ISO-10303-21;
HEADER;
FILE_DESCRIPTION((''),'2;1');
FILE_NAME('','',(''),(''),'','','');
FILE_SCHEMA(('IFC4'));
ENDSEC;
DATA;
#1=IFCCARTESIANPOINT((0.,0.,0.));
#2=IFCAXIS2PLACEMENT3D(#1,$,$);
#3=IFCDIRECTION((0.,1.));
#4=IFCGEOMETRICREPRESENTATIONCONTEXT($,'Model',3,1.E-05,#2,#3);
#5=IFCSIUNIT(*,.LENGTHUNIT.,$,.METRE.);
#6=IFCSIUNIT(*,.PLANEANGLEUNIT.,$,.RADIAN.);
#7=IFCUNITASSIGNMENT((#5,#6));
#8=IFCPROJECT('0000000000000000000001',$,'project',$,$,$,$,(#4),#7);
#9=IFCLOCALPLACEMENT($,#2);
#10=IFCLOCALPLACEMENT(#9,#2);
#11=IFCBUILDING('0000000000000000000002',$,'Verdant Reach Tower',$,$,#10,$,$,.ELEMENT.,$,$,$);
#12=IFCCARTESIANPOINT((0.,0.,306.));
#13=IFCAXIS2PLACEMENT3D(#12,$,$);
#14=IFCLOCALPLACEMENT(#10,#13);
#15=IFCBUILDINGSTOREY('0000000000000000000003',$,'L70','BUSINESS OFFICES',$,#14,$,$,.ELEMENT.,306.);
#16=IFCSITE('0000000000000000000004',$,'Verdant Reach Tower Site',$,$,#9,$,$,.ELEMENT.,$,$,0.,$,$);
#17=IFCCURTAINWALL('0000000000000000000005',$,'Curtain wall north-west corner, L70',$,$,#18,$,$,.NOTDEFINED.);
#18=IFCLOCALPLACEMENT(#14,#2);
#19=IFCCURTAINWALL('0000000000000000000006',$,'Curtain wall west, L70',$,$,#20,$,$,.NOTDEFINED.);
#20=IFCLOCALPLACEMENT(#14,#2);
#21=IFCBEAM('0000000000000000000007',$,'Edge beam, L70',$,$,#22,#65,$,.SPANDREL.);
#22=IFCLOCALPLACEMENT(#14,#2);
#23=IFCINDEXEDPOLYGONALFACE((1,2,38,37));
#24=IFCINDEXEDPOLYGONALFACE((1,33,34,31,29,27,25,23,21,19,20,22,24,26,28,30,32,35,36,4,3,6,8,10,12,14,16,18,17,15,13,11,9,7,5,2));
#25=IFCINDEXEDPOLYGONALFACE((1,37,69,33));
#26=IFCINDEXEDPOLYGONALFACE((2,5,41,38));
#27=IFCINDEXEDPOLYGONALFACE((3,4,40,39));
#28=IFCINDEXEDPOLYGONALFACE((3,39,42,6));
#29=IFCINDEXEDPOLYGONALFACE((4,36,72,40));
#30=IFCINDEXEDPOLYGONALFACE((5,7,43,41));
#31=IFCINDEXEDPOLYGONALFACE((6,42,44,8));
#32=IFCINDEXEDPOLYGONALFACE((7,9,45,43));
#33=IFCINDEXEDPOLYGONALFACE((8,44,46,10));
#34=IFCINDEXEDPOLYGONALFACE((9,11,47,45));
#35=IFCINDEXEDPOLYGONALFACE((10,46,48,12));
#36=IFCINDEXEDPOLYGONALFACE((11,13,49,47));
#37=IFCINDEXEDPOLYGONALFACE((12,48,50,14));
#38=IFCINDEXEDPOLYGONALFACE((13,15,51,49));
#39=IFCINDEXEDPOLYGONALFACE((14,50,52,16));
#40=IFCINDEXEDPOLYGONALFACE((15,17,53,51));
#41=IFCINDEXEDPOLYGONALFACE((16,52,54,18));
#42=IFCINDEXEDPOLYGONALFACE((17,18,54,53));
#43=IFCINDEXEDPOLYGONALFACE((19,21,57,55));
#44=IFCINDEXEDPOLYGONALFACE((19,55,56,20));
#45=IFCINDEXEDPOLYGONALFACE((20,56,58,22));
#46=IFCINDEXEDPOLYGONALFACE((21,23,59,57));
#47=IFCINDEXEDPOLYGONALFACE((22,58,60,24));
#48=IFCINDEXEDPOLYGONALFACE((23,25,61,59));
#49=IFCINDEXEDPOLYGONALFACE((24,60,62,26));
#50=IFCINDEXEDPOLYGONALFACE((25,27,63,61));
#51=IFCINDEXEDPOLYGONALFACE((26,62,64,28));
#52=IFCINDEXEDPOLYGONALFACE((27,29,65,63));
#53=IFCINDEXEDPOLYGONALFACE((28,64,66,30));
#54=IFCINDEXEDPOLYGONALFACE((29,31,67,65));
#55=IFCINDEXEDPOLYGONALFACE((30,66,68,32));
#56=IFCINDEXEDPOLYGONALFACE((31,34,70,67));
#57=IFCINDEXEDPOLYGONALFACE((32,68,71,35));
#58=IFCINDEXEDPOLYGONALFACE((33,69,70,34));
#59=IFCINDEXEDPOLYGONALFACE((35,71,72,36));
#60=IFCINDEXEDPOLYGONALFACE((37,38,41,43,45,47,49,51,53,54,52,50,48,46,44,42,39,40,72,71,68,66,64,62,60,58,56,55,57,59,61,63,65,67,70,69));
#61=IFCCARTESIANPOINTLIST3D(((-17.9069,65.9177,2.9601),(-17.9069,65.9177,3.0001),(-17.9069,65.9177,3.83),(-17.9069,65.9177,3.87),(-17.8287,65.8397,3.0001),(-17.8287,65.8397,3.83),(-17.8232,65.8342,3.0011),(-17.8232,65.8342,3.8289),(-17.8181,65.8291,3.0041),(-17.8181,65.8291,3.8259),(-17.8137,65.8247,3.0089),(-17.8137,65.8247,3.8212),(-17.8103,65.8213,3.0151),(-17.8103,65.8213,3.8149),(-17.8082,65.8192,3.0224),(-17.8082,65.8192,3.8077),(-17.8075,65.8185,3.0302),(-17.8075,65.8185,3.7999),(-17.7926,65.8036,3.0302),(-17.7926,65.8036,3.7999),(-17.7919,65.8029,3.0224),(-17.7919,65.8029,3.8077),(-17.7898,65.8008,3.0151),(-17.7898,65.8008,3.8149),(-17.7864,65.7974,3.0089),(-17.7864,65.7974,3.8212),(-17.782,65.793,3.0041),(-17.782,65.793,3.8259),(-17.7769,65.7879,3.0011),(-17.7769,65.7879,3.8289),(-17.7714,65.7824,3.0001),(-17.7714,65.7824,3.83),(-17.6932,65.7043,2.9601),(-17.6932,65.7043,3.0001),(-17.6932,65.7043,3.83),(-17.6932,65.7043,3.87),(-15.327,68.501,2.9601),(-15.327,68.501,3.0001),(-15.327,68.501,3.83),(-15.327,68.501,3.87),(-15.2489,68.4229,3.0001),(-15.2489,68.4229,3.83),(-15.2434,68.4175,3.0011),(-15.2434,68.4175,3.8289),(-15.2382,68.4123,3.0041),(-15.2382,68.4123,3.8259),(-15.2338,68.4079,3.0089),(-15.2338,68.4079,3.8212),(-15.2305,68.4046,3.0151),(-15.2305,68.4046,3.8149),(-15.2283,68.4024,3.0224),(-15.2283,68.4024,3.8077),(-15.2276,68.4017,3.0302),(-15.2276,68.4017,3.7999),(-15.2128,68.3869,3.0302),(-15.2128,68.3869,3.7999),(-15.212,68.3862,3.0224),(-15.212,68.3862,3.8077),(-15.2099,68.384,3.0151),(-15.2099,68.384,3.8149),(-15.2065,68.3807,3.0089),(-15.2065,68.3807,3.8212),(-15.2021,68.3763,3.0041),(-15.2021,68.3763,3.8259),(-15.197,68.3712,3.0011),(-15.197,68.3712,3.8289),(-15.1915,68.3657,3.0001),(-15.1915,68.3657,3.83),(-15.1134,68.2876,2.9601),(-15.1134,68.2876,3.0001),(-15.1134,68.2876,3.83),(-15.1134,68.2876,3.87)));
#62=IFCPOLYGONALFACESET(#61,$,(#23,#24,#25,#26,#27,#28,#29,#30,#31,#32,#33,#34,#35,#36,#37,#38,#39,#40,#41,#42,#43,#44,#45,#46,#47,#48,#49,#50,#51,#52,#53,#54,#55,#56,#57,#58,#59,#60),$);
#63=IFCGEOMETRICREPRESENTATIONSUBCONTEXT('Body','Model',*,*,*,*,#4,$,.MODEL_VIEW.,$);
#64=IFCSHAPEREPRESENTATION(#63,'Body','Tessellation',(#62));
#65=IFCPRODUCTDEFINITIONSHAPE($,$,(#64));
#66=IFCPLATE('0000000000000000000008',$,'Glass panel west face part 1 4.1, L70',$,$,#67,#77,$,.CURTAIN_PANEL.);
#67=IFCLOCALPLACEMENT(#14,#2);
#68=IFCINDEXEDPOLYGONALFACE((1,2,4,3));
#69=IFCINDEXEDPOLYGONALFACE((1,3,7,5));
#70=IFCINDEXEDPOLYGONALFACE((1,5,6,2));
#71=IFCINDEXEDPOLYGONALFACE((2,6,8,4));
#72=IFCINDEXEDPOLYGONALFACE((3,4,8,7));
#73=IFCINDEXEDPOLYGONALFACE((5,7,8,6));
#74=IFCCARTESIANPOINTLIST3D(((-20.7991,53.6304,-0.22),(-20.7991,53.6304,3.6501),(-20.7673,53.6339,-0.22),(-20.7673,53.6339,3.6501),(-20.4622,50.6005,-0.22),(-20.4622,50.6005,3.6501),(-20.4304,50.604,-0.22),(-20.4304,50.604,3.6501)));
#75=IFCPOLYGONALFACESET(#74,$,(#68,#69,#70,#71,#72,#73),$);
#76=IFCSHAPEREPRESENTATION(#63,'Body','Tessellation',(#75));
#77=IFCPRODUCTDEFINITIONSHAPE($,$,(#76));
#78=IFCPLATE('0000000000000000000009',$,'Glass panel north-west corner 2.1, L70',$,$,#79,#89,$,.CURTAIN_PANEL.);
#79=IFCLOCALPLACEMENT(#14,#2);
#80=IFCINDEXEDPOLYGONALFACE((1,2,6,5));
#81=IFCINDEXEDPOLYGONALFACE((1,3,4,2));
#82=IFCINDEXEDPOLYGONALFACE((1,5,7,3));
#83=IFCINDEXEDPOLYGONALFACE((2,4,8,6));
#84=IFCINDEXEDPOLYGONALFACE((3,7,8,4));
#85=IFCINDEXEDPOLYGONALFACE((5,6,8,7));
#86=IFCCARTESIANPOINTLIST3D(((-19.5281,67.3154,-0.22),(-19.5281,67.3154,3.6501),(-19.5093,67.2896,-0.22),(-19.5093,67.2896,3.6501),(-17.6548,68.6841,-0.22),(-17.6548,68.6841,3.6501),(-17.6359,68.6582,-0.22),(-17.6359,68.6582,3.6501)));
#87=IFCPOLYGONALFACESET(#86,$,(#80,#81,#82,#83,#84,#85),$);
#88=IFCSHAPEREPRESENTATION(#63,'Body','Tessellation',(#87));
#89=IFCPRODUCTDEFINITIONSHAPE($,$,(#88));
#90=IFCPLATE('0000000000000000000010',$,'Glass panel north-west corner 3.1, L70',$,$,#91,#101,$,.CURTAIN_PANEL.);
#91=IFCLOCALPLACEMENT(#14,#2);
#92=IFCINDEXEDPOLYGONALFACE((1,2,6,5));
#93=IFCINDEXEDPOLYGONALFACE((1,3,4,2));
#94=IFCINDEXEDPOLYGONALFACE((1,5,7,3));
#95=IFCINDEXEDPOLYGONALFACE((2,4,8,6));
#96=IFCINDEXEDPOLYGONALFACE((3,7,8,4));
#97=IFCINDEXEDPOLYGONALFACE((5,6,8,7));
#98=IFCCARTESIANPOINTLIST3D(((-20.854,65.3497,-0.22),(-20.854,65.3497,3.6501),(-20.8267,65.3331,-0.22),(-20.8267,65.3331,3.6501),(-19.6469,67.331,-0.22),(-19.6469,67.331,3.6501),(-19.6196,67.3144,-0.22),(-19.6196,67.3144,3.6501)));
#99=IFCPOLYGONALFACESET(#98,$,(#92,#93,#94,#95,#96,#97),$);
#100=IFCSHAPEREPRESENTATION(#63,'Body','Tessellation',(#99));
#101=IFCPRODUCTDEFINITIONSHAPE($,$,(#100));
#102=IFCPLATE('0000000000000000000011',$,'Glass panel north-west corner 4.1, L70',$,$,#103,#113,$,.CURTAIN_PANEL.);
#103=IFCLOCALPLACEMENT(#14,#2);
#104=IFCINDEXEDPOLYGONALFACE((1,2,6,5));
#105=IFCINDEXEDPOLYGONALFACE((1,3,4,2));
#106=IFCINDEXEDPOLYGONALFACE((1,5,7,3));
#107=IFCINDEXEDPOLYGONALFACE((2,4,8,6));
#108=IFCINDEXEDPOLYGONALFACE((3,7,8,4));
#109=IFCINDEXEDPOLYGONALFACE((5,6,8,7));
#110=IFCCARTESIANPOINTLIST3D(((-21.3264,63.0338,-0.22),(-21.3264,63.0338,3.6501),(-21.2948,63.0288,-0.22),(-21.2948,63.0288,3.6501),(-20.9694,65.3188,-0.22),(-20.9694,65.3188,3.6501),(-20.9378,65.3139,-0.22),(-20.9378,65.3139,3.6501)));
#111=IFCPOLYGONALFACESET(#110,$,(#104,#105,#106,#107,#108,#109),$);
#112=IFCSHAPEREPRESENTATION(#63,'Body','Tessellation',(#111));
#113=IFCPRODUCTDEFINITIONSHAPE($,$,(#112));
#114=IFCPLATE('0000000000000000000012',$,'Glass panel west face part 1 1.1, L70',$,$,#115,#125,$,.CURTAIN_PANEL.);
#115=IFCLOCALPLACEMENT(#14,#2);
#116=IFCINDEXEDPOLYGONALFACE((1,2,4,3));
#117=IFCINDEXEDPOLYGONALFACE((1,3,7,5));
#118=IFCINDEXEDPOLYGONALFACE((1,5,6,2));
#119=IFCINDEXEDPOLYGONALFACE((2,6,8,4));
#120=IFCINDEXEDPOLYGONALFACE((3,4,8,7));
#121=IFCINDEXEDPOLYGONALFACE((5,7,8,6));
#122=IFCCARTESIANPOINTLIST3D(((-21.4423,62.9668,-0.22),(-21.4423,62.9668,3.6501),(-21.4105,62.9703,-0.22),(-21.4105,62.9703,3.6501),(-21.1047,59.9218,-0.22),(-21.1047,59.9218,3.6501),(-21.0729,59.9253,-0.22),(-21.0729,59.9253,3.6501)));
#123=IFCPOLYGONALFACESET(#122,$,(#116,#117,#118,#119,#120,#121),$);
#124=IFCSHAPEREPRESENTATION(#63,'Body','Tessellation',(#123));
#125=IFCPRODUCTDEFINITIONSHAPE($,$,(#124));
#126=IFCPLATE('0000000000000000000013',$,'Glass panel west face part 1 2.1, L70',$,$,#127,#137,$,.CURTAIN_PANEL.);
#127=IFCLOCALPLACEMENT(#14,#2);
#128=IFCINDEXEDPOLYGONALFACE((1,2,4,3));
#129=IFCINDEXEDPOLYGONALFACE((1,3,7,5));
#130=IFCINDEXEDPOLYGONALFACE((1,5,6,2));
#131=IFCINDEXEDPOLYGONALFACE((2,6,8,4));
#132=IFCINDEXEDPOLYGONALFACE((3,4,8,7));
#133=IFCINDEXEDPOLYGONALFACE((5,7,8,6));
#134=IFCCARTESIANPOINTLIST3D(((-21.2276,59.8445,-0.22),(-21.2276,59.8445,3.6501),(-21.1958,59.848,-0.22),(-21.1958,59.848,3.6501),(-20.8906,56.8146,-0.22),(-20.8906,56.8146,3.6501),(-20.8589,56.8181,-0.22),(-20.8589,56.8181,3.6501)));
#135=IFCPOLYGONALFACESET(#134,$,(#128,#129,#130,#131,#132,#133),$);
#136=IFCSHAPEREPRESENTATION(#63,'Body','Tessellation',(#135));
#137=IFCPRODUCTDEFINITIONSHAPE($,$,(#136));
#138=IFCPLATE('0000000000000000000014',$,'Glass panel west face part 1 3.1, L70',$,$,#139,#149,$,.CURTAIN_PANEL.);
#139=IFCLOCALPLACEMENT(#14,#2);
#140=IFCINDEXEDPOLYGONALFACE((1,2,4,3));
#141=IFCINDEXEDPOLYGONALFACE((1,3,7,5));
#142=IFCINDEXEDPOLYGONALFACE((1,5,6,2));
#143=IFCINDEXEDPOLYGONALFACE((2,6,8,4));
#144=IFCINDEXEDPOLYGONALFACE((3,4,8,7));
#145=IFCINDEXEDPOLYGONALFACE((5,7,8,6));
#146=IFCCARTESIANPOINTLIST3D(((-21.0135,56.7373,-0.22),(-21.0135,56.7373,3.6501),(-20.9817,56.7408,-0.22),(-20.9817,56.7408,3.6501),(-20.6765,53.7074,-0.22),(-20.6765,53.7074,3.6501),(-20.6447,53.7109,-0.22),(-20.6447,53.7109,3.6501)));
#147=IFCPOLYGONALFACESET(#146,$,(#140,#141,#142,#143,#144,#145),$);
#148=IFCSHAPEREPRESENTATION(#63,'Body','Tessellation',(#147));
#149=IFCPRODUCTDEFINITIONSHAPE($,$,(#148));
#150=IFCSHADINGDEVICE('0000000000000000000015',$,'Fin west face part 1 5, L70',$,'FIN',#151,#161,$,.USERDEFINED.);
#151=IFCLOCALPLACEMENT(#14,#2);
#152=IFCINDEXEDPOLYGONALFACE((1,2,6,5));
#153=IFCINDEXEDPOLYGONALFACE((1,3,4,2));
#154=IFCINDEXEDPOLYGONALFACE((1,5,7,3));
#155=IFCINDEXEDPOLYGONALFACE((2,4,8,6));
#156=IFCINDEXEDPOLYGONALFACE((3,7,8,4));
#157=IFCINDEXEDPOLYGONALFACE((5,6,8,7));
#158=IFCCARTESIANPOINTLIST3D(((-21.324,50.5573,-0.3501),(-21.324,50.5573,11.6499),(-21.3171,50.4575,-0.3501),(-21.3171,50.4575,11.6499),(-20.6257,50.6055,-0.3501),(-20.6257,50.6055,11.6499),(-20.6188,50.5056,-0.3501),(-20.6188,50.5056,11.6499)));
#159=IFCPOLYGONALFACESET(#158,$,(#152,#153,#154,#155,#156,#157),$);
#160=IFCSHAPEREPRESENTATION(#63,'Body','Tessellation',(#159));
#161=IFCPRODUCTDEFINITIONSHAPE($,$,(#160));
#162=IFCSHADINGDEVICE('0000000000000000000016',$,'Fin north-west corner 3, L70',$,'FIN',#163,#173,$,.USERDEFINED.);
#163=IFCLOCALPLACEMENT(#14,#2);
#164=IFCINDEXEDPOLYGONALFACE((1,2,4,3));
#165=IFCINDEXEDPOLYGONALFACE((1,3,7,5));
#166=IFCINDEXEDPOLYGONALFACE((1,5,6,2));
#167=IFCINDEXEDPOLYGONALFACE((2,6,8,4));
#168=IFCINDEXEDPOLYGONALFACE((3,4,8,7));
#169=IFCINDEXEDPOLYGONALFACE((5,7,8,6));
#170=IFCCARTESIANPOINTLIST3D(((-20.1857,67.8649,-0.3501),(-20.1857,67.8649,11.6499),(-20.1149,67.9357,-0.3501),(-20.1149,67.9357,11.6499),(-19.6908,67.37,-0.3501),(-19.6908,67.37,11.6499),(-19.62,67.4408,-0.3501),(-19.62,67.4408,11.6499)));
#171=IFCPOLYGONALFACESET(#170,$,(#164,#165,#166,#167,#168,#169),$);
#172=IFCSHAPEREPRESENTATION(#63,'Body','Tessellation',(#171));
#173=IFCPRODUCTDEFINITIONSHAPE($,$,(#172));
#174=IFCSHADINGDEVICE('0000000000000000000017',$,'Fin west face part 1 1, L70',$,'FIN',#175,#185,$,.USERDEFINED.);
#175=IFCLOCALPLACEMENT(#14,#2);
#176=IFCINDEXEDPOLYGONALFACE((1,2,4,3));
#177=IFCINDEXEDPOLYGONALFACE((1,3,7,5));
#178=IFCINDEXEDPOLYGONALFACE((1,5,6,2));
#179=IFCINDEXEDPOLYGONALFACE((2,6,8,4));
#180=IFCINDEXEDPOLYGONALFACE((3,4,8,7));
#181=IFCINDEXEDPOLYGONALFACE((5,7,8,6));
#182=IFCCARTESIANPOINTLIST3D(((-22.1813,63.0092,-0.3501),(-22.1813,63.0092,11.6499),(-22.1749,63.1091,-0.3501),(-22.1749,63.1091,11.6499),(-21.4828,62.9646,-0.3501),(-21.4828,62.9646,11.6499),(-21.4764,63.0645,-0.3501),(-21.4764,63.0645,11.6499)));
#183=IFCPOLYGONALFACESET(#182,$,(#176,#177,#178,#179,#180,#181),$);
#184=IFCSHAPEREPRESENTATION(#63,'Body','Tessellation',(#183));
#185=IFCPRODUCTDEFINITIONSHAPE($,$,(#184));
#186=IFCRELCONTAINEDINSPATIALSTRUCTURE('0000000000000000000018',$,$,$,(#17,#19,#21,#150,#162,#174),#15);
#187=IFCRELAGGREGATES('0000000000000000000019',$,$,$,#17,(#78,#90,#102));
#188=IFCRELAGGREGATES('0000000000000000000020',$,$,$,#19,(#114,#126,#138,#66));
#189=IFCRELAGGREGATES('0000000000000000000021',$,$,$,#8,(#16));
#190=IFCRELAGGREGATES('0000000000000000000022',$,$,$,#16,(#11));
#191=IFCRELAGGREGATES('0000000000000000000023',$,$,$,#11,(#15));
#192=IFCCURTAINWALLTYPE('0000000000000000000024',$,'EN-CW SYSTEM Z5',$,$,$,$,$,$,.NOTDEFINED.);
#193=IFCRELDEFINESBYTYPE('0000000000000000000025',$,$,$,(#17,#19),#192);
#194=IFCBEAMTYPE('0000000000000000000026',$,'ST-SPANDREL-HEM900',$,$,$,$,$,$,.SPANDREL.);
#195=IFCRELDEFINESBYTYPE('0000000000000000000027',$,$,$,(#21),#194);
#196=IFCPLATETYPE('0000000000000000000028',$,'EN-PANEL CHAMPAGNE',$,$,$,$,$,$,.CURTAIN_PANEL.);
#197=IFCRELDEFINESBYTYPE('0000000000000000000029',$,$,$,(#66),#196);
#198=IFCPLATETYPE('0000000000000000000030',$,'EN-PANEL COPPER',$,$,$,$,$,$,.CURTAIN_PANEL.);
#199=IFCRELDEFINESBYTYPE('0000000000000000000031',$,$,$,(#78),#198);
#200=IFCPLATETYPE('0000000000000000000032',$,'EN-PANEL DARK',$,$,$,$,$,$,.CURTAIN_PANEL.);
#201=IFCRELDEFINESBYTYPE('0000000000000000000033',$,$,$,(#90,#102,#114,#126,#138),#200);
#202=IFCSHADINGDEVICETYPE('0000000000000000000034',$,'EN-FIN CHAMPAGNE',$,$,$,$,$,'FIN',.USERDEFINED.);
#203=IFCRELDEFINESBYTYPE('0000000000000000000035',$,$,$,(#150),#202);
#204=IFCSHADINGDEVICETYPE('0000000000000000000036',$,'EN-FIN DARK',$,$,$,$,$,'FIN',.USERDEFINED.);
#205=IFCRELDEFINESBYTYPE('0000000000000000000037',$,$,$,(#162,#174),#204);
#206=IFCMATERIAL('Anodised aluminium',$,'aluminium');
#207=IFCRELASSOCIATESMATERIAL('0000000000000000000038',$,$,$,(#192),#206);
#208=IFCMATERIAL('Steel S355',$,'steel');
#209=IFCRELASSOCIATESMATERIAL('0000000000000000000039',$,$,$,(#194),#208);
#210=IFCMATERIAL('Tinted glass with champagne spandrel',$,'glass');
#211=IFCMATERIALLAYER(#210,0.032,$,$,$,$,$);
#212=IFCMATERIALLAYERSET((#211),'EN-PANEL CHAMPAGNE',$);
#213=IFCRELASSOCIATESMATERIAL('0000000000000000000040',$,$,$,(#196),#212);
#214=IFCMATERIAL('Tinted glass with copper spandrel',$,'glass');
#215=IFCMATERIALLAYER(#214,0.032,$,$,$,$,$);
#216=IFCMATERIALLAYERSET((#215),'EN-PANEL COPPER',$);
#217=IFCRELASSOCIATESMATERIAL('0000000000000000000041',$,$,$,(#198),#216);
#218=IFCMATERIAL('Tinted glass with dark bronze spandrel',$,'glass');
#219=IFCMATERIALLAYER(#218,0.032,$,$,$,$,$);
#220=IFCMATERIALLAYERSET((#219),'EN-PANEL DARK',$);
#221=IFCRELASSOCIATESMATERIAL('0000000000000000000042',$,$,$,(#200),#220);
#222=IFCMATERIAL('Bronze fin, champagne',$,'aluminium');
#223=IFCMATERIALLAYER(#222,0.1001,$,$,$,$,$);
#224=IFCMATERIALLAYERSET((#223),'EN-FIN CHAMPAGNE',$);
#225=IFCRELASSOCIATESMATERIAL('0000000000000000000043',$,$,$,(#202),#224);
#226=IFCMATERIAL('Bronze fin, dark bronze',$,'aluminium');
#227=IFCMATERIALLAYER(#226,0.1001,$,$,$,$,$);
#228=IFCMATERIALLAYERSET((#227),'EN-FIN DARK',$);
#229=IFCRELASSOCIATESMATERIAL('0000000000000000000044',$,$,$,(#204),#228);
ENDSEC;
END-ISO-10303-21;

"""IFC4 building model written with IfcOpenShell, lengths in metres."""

from ifc_helpers import new_model, si_unit, direction, frame, origin, origin_2d, place, context, subcontext, project, spatial, rectangle, i_section, extrude, material, layer, layer_set, material_profile, profile_set, type_object, element, aggregate, save


model = new_model("IFC4")

# Units and contexts
model_context = context("Model", 3, precision=1e-05, world=origin(), true_north=direction((0.0, 1.0)))
body_context = subcontext(model_context, "Body", "Model", "MODEL_VIEW")
ifc_project = project(units=[si_unit("LENGTHUNIT", "METRE"), si_unit("PLANEANGLEUNIT", "RADIAN")], contexts=[model_context])

# Site, building, storey
site_placement = place(None, origin())
site = spatial("IfcSite", under=ifc_project, at=site_placement, Name="Verdant Reach Tower Site", CompositionType="ELEMENT", RefElevation=0.0)
building_placement = place(site_placement, origin())
building = spatial("IfcBuilding", under=site, at=building_placement, Name="Verdant Reach Tower", CompositionType="ELEMENT")
storey_placement = place(building_placement, frame((0.0, 0.0, 306.0)))
storey = spatial("IfcBuildingStorey", under=building, at=storey_placement, Name="L70", Description="BUSINESS OFFICES", CompositionType="ELEMENT", Elevation=306.0)

# Curtain walls
ifc_material_1 = material(Name="Anodised aluminium", Category="aluminium")
curtain_wall_type = type_object("IfcCurtainWallType", Name="EN-CW SYSTEM Z5", PredefinedType="NOTDEFINED", material=ifc_material_1)
curtain_wall_1_placement = place(storey_placement, origin())
curtain_wall_1 = element("IfcCurtainWall", 1, at=curtain_wall_1_placement, inside=storey, type_object=curtain_wall_type, Name="Curtain wall north-west corner, L70", PredefinedType="NOTDEFINED")
curtain_wall_2_placement = place(storey_placement, origin())
curtain_wall_2 = element("IfcCurtainWall", 2, at=curtain_wall_2_placement, inside=storey, type_object=curtain_wall_type, Name="Curtain wall west, L70", PredefinedType="NOTDEFINED")

# Beam
ifc_material_2 = material(Name="Steel S355", Category="steel")
ifc_material_profile_1 = material_profile(ifc_material_2, i_section(OverallWidth=0.302, OverallDepth=0.9099, WebThickness=0.021, FlangeThickness=0.04, FilletRadius=0.03, at=origin_2d()), Name="HEM 900")
ifc_profile_set_1 = profile_set([ifc_material_profile_1], Name="Steel S355")
beam_type = type_object("IfcBeamType", Name="ST-SPANDREL-HEM900", PredefinedType="SPANDREL", material=ifc_profile_set_1)
beam_1_placement = place(storey_placement, frame((-17.8, 65.811, 3.415), z_axis=(0.706639, 0.707575, 0.0), x_axis=(-0.707575, 0.706639, 0.0)))
element("IfcBeam", 3, at=beam_1_placement, inside=storey, type_object=beam_type, Name="Edge beam, L70", PredefinedType="SPANDREL", context=body_context, shape_type="SweptSolid", body=[
    extrude(i_section(OverallWidth=0.302, OverallDepth=0.9099, WebThickness=0.021, FlangeThickness=0.04, FilletRadius=0.03, at=origin_2d()), origin(), (0.0, 0.0, 1.0), 3.6509),
])

# Plates
ifc_material_3 = material(Name="Tinted glass with champagne spandrel", Category="glass")
ifc_layer_1 = layer(ifc_material_3, 0.032)
ifc_layer_set_1 = layer_set([ifc_layer_1], Name="EN-PANEL CHAMPAGNE")
plate_type_1 = type_object("IfcPlateType", Name="EN-PANEL CHAMPAGNE", PredefinedType="CURTAIN_PANEL", material=ifc_layer_set_1)
plate_1_placement = place(storey_placement, frame((-20.6147, 52.1172, -0.22), z_axis=(0.0, 0.0, 1.0), x_axis=(0.110518, -0.993874, 0.0)))
plate_1 = element("IfcPlate", 4, at=plate_1_placement, type_object=plate_type_1, Name="Glass panel west face part 1 4.1, L70", PredefinedType="CURTAIN_PANEL", context=body_context, shape_type="SweptSolid", body=[
    extrude(rectangle(XDim=3.0486, YDim=0.032, at=origin_2d()), origin(), (0.0, 0.0, 1.0), 3.8701),
])
ifc_material_4 = material(Name="Tinted glass with copper spandrel", Category="glass")
ifc_layer_2 = layer(ifc_material_4, 0.032)
ifc_layer_set_2 = layer_set([ifc_layer_2], Name="EN-PANEL COPPER")
plate_type_2 = type_object("IfcPlateType", Name="EN-PANEL COPPER", PredefinedType="CURTAIN_PANEL", material=ifc_layer_set_2)
plate_2_placement = place(storey_placement, frame((-18.582, 67.9868, -0.22), z_axis=(0.0, 0.0, 1.0), x_axis=(-0.807457, -0.589927, 0.0)))
plate_2 = element("IfcPlate", 5, at=plate_2_placement, type_object=plate_type_2, Name="Glass panel north-west corner 2.1, L70", PredefinedType="CURTAIN_PANEL", context=body_context, shape_type="SweptSolid", body=[
    extrude(rectangle(XDim=2.3201, YDim=0.032, at=origin_2d()), origin(), (0.0, 0.0, 1.0), 3.8701),
])
ifc_material_5 = material(Name="Tinted glass with dark bronze spandrel", Category="glass")
ifc_layer_3 = layer(ifc_material_5, 0.032)
ifc_layer_set_3 = layer_set([ifc_layer_3], Name="EN-PANEL DARK")
plate_type_3 = type_object("IfcPlateType", Name="EN-PANEL DARK", PredefinedType="CURTAIN_PANEL", material=ifc_layer_set_3)
plate_3_placement = place(storey_placement, frame((-20.2368, 66.332, -0.22), z_axis=(0.0, 0.0, 1.0), x_axis=(-0.520292, -0.853989, 0.0)))
plate_3 = element("IfcPlate", 6, at=plate_3_placement, type_object=plate_type_3, Name="Glass panel north-west corner 3.1, L70", PredefinedType="CURTAIN_PANEL", context=body_context, shape_type="SweptSolid", body=[
    extrude(rectangle(XDim=2.3201, YDim=0.032, at=origin_2d()), origin(), (0.0, 0.0, 1.0), 3.8701),
])
plate_4_placement = place(storey_placement, frame((-21.1321, 64.1738, -0.22), z_axis=(0.0, 0.0, 1.0), x_axis=(-0.154337, -0.988018, 0.0)))
plate_4 = element("IfcPlate", 7, at=plate_4_placement, type_object=plate_type_3, Name="Glass panel north-west corner 4.1, L70", PredefinedType="CURTAIN_PANEL", context=body_context, shape_type="SweptSolid", body=[
    extrude(rectangle(XDim=2.3127, YDim=0.032, at=origin_2d()), origin(), (0.0, 0.0, 1.0), 3.8701),
])
aggregate(curtain_wall_1, [plate_2, plate_3, plate_4])
plate_5_placement = place(storey_placement, frame((-21.2576, 61.446, -0.22), z_axis=(0.0, 0.0, 1.0), x_axis=(0.110198, -0.99391, 0.0)))
plate_5 = element("IfcPlate", 8, at=plate_5_placement, type_object=plate_type_3, Name="Glass panel west face part 1 1.1, L70", PredefinedType="CURTAIN_PANEL", context=body_context, shape_type="SweptSolid", body=[
    extrude(rectangle(XDim=3.0637, YDim=0.032, at=origin_2d()), origin(), (0.0, 0.0, 1.0), 3.8701),
])
plate_6_placement = place(storey_placement, frame((-21.0432, 58.3313, -0.22), z_axis=(0.0, 0.0, 1.0), x_axis=(0.110518, -0.993874, 0.0)))
plate_6 = element("IfcPlate", 9, at=plate_6_placement, type_object=plate_type_3, Name="Glass panel west face part 1 2.1, L70", PredefinedType="CURTAIN_PANEL", context=body_context, shape_type="SweptSolid", body=[
    extrude(rectangle(XDim=3.0486, YDim=0.032, at=origin_2d()), origin(), (0.0, 0.0, 1.0), 3.8701),
])
plate_7_placement = place(storey_placement, frame((-20.8291, 55.2241, -0.22), z_axis=(0.0, 0.0, 1.0), x_axis=(0.110518, -0.993874, 0.0)))
plate_7 = element("IfcPlate", 10, at=plate_7_placement, type_object=plate_type_3, Name="Glass panel west face part 1 3.1, L70", PredefinedType="CURTAIN_PANEL", context=body_context, shape_type="SweptSolid", body=[
    extrude(rectangle(XDim=3.0486, YDim=0.032, at=origin_2d()), origin(), (0.0, 0.0, 1.0), 3.8701),
])
aggregate(curtain_wall_2, [plate_5, plate_6, plate_7, plate_1])

# Shading devices
ifc_material_6 = material(Name="Bronze fin, champagne", Category="aluminium")
ifc_layer_4 = layer(ifc_material_6, 0.1001)
ifc_layer_set_4 = layer_set([ifc_layer_4], Name="EN-FIN CHAMPAGNE")
shading_device_type_1 = type_object("IfcShadingDeviceType", Name="EN-FIN CHAMPAGNE", ElementType="FIN", PredefinedType="USERDEFINED", material=ifc_layer_set_4)
shading_device_placement = place(storey_placement, frame((-20.9714, 50.5315, -0.3501), z_axis=(0.0, 0.0, 1.0), x_axis=(0.068802, -0.99763, 0.0)))
element("IfcShadingDevice", 11, at=shading_device_placement, inside=storey, type_object=shading_device_type_1, Name="Fin west face part 1 5, L70", ObjectType="FIN", PredefinedType="USERDEFINED", context=body_context, shape_type="SweptSolid", body=[
    extrude(rectangle(XDim=0.1001, YDim=0.7, at=origin_2d()), origin(), (0.0, 0.0, 1.0), 12.0),
])
ifc_material_7 = material(Name="Bronze fin, dark bronze", Category="aluminium")
ifc_layer_5 = layer(ifc_material_7, 0.1001)
ifc_layer_set_5 = layer_set([ifc_layer_5], Name="EN-FIN DARK")
shading_device_type_2 = type_object("IfcShadingDeviceType", Name="EN-FIN DARK", ElementType="FIN", PredefinedType="USERDEFINED", material=ifc_layer_set_5)
for number, where, z_axis, x_axis, name in (
    (12, (-19.9028, 67.6528, -0.3501), (0.0, 0.0, 1.0), (-0.707107, -0.707107, 0.0), "Fin north-west corner 3, L70"),
    (13, (-21.8289, 63.0369, -0.3501), (0.0, 0.0, 1.0), (-0.063699, -0.997969, 0.0), "Fin west face part 1 1, L70"),
):
    element("IfcShadingDevice", number, at=place(storey_placement, frame(where, z_axis=z_axis, x_axis=x_axis)), inside=storey, type_object=shading_device_type_2, Name=name, ObjectType="FIN", PredefinedType="USERDEFINED", context=body_context, shape_type="SweptSolid", body=[
        extrude(rectangle(XDim=0.1001, YDim=0.7, at=origin_2d()), origin(), (0.0, 0.0, 1.0), 12.0),
    ])

save(model, "model.ifc")
